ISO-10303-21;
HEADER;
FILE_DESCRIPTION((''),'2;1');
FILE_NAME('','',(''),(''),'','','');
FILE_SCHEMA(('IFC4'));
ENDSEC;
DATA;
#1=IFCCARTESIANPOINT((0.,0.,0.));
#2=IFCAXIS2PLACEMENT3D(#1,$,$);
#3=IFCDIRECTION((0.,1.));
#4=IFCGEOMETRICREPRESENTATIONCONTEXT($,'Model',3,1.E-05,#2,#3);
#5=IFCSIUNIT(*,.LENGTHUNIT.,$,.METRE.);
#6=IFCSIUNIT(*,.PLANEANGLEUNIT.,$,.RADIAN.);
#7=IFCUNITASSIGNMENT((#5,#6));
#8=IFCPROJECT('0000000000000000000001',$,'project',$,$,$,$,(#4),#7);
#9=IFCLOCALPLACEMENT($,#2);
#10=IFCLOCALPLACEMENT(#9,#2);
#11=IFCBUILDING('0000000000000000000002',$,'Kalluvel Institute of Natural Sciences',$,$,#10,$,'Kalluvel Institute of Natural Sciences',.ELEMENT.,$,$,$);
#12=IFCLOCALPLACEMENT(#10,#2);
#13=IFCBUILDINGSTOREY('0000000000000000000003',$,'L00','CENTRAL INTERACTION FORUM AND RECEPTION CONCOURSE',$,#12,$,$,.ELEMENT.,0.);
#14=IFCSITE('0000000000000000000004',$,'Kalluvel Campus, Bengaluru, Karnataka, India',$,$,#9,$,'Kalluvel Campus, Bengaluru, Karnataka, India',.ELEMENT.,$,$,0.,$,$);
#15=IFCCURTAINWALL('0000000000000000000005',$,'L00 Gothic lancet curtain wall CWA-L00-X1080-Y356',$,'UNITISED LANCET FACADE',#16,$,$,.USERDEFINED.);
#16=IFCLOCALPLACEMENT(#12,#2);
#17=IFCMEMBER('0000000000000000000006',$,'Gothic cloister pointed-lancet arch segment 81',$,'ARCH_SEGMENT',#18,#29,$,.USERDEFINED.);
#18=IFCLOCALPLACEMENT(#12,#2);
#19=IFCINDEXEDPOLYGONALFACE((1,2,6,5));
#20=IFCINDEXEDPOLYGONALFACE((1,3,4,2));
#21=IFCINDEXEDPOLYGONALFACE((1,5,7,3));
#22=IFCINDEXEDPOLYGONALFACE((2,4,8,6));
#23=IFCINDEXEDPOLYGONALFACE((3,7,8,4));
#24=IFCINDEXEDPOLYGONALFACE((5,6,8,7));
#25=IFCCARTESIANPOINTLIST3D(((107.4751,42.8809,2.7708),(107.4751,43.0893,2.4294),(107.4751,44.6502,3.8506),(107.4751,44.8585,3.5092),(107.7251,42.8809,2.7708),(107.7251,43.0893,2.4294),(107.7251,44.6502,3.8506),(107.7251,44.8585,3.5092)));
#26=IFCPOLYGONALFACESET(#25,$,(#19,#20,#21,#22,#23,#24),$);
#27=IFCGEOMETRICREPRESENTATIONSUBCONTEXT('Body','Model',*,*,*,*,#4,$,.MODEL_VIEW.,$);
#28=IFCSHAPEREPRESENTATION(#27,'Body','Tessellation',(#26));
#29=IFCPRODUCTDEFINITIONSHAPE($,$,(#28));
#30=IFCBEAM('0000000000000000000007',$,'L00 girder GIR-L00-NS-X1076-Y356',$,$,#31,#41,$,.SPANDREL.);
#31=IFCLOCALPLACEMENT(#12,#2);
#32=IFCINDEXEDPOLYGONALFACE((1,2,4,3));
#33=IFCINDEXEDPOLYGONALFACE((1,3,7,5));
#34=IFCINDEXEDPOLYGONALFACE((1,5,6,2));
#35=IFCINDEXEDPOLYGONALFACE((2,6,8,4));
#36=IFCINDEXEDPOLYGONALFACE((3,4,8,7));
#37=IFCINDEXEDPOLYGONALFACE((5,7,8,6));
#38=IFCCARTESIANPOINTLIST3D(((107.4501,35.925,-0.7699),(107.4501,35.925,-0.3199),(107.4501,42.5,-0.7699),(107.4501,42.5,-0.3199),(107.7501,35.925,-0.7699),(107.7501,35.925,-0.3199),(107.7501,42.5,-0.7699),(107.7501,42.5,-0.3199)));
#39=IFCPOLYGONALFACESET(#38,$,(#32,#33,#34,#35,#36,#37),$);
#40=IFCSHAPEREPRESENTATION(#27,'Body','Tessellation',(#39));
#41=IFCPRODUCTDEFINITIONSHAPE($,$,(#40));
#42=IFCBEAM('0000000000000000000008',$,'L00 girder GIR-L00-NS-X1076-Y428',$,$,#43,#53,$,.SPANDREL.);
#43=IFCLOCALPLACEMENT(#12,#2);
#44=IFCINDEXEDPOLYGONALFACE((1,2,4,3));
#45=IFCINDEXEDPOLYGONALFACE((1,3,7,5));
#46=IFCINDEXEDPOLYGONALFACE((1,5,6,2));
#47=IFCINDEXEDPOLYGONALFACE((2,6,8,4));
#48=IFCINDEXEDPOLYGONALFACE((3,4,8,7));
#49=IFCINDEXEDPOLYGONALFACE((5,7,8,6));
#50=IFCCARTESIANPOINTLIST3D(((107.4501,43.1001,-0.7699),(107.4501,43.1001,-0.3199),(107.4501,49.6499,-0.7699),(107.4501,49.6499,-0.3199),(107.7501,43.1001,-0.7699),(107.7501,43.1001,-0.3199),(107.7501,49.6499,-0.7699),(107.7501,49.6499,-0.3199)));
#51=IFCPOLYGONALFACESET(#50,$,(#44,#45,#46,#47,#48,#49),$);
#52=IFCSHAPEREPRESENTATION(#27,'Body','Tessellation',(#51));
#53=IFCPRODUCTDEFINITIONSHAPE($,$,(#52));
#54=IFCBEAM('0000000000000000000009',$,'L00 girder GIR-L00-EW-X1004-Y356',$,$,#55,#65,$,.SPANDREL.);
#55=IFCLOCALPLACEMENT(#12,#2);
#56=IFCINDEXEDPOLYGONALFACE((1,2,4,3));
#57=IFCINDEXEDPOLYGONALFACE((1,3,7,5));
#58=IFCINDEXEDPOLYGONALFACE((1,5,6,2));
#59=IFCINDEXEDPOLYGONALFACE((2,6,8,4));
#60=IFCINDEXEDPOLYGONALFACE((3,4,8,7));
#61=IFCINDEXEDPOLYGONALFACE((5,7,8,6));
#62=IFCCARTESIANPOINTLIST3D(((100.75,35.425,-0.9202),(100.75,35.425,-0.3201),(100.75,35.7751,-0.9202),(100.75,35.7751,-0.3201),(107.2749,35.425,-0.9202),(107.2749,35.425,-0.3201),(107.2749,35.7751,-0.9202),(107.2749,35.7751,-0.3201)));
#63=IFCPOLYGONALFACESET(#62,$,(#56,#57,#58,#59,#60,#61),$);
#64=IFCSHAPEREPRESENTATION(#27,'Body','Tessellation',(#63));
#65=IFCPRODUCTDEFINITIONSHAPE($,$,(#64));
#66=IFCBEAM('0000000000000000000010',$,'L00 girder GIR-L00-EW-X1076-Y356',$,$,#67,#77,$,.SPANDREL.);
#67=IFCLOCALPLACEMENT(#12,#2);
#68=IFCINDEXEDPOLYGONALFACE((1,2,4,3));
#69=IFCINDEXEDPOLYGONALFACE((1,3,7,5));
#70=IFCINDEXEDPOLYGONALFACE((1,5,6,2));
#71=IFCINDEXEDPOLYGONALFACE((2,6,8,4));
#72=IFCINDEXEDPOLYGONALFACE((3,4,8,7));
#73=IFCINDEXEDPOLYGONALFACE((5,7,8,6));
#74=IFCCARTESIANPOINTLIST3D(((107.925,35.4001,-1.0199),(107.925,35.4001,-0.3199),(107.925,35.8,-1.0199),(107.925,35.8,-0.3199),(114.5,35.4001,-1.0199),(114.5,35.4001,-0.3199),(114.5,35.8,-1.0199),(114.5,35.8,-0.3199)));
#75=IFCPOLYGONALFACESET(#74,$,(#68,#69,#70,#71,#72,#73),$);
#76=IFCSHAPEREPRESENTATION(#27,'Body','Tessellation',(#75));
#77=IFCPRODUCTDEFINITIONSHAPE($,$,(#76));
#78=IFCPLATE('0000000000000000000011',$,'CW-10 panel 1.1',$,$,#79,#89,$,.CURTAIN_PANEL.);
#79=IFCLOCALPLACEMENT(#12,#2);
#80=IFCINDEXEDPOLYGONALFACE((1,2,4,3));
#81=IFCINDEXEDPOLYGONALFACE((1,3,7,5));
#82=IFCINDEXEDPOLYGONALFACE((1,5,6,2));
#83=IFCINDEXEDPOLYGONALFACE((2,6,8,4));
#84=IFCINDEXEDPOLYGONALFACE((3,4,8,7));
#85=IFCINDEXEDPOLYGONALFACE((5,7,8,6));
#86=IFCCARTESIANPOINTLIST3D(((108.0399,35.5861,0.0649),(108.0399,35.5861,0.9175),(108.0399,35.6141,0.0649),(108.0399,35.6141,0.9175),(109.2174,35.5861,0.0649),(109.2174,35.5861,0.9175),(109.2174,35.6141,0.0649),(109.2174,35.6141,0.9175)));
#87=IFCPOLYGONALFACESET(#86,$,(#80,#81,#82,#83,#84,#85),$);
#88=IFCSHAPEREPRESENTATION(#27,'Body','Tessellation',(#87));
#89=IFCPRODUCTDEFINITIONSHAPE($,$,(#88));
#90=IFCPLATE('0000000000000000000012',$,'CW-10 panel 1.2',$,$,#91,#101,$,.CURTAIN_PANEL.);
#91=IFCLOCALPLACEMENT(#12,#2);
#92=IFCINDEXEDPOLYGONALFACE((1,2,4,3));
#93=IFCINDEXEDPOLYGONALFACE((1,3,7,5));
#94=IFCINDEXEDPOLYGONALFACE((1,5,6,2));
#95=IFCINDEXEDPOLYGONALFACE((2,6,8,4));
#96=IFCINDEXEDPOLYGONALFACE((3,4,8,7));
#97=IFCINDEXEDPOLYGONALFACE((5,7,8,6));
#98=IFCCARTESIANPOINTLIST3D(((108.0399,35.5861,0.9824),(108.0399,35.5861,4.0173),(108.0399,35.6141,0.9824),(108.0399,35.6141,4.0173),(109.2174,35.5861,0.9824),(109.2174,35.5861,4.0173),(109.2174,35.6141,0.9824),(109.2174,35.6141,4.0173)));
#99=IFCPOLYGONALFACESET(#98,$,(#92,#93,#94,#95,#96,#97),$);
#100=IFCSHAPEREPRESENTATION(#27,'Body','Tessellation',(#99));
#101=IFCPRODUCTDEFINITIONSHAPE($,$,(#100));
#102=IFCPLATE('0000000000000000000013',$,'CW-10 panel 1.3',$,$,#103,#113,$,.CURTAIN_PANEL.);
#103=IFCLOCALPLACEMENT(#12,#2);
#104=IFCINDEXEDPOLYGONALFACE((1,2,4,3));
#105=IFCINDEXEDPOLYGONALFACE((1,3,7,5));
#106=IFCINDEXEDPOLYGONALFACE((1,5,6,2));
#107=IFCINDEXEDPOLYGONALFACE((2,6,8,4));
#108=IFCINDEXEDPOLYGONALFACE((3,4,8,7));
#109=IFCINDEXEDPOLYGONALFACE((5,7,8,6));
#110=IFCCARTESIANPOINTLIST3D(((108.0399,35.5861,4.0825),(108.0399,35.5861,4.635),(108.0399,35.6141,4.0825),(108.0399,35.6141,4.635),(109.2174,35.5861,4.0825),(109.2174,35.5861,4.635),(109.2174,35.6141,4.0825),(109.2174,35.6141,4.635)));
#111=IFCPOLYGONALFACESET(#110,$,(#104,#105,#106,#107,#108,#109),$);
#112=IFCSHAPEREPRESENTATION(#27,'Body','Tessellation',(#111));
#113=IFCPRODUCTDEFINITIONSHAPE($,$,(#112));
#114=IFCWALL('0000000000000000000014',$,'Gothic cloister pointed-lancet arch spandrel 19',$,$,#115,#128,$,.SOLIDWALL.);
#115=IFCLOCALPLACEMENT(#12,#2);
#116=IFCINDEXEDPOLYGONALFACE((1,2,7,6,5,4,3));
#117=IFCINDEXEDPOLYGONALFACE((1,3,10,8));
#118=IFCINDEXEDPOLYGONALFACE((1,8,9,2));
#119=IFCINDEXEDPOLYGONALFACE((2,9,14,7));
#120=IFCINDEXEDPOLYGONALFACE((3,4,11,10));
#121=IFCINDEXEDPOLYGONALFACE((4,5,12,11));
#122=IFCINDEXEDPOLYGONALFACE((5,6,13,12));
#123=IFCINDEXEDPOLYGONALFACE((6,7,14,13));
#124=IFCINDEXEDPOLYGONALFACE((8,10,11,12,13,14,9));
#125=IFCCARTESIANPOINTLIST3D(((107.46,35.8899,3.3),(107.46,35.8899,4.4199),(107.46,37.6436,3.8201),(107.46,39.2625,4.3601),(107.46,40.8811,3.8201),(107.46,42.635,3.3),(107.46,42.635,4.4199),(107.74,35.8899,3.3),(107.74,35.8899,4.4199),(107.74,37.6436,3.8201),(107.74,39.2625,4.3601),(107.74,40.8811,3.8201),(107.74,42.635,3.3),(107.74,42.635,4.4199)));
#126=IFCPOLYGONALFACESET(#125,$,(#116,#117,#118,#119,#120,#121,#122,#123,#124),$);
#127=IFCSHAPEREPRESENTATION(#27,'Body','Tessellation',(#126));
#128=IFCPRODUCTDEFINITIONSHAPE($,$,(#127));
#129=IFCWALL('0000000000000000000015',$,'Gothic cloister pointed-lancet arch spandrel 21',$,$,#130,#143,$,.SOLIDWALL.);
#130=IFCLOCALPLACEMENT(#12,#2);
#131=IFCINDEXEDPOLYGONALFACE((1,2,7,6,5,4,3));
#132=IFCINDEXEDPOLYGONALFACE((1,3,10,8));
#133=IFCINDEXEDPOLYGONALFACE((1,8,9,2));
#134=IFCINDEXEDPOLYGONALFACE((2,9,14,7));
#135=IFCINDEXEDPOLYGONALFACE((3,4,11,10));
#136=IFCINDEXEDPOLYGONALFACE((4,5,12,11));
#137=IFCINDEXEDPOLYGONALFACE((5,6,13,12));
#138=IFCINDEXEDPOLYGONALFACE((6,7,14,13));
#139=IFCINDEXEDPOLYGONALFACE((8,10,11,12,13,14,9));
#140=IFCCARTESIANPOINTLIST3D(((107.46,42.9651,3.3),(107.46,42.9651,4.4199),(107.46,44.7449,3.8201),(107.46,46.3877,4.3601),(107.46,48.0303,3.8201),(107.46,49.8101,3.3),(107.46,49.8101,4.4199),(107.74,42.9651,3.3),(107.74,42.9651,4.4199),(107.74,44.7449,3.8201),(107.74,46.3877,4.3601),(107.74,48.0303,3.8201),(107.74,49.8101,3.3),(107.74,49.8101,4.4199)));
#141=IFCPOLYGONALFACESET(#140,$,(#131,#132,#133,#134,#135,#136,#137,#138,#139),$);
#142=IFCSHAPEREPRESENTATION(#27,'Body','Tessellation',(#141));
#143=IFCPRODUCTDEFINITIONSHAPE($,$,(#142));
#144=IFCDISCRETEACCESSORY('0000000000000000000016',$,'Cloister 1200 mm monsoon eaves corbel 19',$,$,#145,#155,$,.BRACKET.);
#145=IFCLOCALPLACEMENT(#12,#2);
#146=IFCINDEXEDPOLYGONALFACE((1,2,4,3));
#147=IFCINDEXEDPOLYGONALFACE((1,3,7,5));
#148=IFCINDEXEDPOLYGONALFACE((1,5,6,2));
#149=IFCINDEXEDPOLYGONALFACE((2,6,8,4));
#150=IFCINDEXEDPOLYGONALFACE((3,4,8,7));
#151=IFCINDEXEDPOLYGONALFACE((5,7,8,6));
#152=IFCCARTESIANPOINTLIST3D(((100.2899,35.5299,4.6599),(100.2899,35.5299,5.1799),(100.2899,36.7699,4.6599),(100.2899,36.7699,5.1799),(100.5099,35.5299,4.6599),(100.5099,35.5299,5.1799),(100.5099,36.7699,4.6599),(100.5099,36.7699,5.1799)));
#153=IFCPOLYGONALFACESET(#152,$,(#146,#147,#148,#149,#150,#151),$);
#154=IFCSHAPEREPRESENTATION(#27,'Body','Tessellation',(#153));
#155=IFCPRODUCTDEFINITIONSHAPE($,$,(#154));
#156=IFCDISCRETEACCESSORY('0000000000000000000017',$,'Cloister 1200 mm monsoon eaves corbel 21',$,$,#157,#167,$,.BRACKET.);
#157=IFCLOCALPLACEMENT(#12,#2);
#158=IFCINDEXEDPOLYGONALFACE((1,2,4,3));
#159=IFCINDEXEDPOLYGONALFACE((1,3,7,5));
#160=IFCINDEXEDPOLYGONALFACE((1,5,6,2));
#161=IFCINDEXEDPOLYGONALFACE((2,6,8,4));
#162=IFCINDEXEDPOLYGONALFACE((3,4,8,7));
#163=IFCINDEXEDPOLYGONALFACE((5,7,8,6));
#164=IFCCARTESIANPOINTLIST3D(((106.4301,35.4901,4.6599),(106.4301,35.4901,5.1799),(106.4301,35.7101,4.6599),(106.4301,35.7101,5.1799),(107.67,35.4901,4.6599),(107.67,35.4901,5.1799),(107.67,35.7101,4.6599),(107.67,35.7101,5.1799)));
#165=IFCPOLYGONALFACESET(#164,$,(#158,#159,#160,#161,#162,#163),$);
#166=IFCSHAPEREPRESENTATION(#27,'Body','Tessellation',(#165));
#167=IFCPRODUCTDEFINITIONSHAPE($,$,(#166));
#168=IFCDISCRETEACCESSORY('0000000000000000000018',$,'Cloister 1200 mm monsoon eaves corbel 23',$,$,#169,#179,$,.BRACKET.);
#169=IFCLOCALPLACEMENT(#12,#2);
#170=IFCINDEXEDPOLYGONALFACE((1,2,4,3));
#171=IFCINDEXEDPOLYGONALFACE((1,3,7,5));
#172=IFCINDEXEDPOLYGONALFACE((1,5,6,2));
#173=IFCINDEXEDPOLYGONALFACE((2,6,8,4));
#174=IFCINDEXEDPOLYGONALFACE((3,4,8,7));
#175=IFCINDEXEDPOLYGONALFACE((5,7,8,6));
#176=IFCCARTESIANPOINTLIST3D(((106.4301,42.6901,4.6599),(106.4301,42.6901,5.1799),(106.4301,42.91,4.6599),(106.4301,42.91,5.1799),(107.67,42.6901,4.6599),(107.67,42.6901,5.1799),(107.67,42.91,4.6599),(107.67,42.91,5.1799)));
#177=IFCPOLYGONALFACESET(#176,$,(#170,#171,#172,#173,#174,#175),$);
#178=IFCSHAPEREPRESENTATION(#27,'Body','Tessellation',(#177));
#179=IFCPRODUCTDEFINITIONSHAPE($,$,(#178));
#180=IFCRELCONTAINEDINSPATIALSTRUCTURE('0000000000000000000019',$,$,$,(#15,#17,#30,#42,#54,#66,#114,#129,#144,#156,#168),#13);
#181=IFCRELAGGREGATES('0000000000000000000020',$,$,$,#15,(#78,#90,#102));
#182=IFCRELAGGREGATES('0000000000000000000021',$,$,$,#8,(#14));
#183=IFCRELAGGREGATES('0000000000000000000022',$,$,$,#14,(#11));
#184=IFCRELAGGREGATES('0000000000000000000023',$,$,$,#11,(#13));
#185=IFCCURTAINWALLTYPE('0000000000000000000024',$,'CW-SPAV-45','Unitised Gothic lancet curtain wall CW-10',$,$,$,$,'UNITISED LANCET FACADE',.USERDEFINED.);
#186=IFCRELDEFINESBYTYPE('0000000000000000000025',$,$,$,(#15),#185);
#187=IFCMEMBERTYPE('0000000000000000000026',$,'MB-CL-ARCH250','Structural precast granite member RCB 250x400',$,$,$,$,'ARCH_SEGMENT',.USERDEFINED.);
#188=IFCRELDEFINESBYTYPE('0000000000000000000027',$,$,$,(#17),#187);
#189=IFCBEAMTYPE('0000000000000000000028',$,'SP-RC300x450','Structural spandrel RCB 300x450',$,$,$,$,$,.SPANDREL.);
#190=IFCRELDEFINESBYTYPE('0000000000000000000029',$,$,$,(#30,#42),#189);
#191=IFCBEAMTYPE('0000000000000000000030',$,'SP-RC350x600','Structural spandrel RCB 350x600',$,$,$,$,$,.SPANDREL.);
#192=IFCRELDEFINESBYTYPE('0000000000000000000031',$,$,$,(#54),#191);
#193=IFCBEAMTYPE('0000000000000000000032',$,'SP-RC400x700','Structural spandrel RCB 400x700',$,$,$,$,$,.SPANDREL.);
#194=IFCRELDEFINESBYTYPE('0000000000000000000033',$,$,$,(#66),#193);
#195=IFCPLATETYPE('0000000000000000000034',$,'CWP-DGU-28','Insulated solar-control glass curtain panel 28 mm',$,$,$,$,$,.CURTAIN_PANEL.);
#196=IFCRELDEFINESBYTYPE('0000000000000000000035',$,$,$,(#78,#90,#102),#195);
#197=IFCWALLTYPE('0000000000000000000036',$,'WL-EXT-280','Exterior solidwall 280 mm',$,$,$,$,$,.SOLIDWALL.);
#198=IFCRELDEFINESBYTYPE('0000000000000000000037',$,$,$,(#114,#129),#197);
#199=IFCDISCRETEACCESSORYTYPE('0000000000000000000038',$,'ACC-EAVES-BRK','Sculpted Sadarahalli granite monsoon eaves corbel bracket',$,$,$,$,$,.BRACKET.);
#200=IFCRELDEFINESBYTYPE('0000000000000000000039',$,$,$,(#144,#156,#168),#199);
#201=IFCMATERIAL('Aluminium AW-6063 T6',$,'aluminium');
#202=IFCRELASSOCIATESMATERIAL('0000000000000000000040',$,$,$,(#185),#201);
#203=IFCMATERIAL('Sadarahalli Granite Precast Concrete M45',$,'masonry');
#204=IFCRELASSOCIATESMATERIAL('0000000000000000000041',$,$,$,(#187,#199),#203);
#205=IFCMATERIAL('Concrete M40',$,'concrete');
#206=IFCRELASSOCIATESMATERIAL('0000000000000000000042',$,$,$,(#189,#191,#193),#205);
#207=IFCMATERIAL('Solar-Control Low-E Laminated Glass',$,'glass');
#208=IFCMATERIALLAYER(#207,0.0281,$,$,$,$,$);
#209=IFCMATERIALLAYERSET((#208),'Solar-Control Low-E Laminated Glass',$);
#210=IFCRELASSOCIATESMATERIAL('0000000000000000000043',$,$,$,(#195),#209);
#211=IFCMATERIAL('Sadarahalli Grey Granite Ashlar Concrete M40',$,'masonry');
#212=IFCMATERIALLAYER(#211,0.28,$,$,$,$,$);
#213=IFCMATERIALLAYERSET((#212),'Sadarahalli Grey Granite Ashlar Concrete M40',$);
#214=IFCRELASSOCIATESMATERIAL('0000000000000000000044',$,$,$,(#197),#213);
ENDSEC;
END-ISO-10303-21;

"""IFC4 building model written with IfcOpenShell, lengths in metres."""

from ifc_helpers import new_model, si_unit, direction, frame, origin, origin_2d, place, context, subcontext, project, spatial, polyline, rectangle, outline, extrude, material, layer, layer_set, material_profile, profile_set, type_object, element, aggregate, save


model = new_model("IFC4")

# Units and contexts
model_context = context("Model", 3, precision=1e-05, world=origin(), true_north=direction((0.0, 1.0)))
body_context = subcontext(model_context, "Body", "Model", "MODEL_VIEW")
ifc_project = project(units=[si_unit("LENGTHUNIT", "METRE"), si_unit("PLANEANGLEUNIT", "RADIAN")], contexts=[model_context])

# Site, building, storey
site_placement = place(None, origin())
site = spatial("IfcSite", under=ifc_project, at=site_placement, Name="Kalluvel Campus, Bengaluru, Karnataka, India", LongName="Kalluvel Campus, Bengaluru, Karnataka, India", CompositionType="ELEMENT", RefElevation=0.0)
building_placement = place(site_placement, origin())
building = spatial("IfcBuilding", under=site, at=building_placement, Name="Kalluvel Institute of Natural Sciences", LongName="Kalluvel Institute of Natural Sciences", CompositionType="ELEMENT")
storey_placement = place(building_placement, origin())
storey = spatial("IfcBuildingStorey", under=building, at=storey_placement, Name="L00", Description="CENTRAL INTERACTION FORUM AND RECEPTION CONCOURSE", CompositionType="ELEMENT", Elevation=0.0)

# Shared definitions
ifc_material_1 = material(Name="Concrete M40", Category="concrete")

# Curtain wall
ifc_material_2 = material(Name="Aluminium AW-6063 T6", Category="aluminium")
curtain_wall_type = type_object("IfcCurtainWallType", Name="CW-SPAV-45", Description="Unitised Gothic lancet curtain wall CW-10", ElementType="UNITISED LANCET FACADE", PredefinedType="USERDEFINED", material=ifc_material_2)
curtain_wall_placement = place(storey_placement, origin())
curtain_wall = element("IfcCurtainWall", 1, at=curtain_wall_placement, inside=storey, type_object=curtain_wall_type, Name="L00 Gothic lancet curtain wall CWA-L00-X1080-Y356", ObjectType="UNITISED LANCET FACADE", PredefinedType="USERDEFINED")

# Member
ifc_material_3 = material(Name="Sadarahalli Granite Precast Concrete M45", Category="masonry")
ifc_material_profile_1 = material_profile(ifc_material_3, rectangle(XDim=0.25, YDim=0.3999, at=origin_2d()), Name="RCB 250x400")
ifc_profile_set_1 = profile_set([ifc_material_profile_1], Name="Sadarahalli Granite Precast Concrete M45")
member_type_1 = type_object("IfcMemberType", Name="MB-CL-ARCH250", Description="Structural precast granite member RCB 250x400", ElementType="ARCH_SEGMENT", PredefinedType="USERDEFINED", material=ifc_profile_set_1)
member_1_placement = place(storey_placement, frame((107.6001, 42.9851, 2.6001), z_axis=(0.0, 0.853582, 0.520959), x_axis=(-1.0, 0.0, 0.0)))
element("IfcMember", 2, at=member_1_placement, inside=storey, type_object=member_type_1, Name="Gothic cloister pointed-lancet arch segment 81", ObjectType="ARCH_SEGMENT", PredefinedType="USERDEFINED", context=body_context, shape_type="SweptSolid", body=[
    extrude(rectangle(XDim=0.25, YDim=0.3999, at=origin_2d()), origin(), (0.0, 0.0, 1.0), 2.0728),
])

# Beams
ifc_material_profile_2 = material_profile(ifc_material_1, rectangle(XDim=0.3, YDim=0.45, at=origin_2d()), Name="RCB 300x450")
ifc_profile_set_2 = profile_set([ifc_material_profile_2], Name="Concrete M40")
beam_type_1 = type_object("IfcBeamType", Name="SP-RC300x450", Description="Structural spandrel RCB 300x450", PredefinedType="SPANDREL", material=ifc_profile_set_2)
beam_1_placement = place(storey_placement, frame((107.6001, 35.925, -0.5449), z_axis=(0.0, 1.0, 0.0), x_axis=(-1.0, 0.0, 0.0)))
element("IfcBeam", 3, at=beam_1_placement, inside=storey, type_object=beam_type_1, Name="L00 girder GIR-L00-NS-X1076-Y356", PredefinedType="SPANDREL", context=body_context, shape_type="SweptSolid", body=[
    extrude(rectangle(XDim=0.3, YDim=0.45, at=origin_2d()), origin(), (0.0, 0.0, 1.0), 6.575),
])
beam_2_placement = place(storey_placement, frame((107.6001, 43.1001, -0.5449), z_axis=(0.0, 1.0, 0.0), x_axis=(-1.0, 0.0, 0.0)))
element("IfcBeam", 4, at=beam_2_placement, inside=storey, type_object=beam_type_1, Name="L00 girder GIR-L00-NS-X1076-Y428", PredefinedType="SPANDREL", context=body_context, shape_type="SweptSolid", body=[
    extrude(rectangle(XDim=0.3, YDim=0.45, at=origin_2d()), origin(), (0.0, 0.0, 1.0), 6.5498),
])
ifc_material_profile_3 = material_profile(ifc_material_1, rectangle(XDim=0.3501, YDim=0.6001, at=origin_2d()), Name="RCB 350x600")
ifc_profile_set_3 = profile_set([ifc_material_profile_3], Name="Concrete M40")
beam_type_2 = type_object("IfcBeamType", Name="SP-RC350x600", Description="Structural spandrel RCB 350x600", PredefinedType="SPANDREL", material=ifc_profile_set_3)
beam_3_placement = place(storey_placement, frame((100.75, 35.6001, -0.6201), z_axis=(1.0, 0.0, 0.0), x_axis=(0.0, 1.0, 0.0)))
element("IfcBeam", 5, at=beam_3_placement, inside=storey, type_object=beam_type_2, Name="L00 girder GIR-L00-EW-X1004-Y356", PredefinedType="SPANDREL", context=body_context, shape_type="SweptSolid", body=[
    extrude(rectangle(XDim=0.3501, YDim=0.6001, at=origin_2d()), origin(), (0.0, 0.0, 1.0), 6.5249),
])
ifc_material_profile_4 = material_profile(ifc_material_1, rectangle(XDim=0.3999, YDim=0.7, at=origin_2d()), Name="RCB 400x700")
ifc_profile_set_4 = profile_set([ifc_material_profile_4], Name="Concrete M40")
beam_type_3 = type_object("IfcBeamType", Name="SP-RC400x700", Description="Structural spandrel RCB 400x700", PredefinedType="SPANDREL", material=ifc_profile_set_4)
beam_4_placement = place(storey_placement, frame((107.925, 35.6001, -0.6699), z_axis=(1.0, 0.0, 0.0), x_axis=(0.0, 1.0, 0.0)))
element("IfcBeam", 6, at=beam_4_placement, inside=storey, type_object=beam_type_3, Name="L00 girder GIR-L00-EW-X1076-Y356", PredefinedType="SPANDREL", context=body_context, shape_type="SweptSolid", body=[
    extrude(rectangle(XDim=0.3999, YDim=0.7, at=origin_2d()), origin(), (0.0, 0.0, 1.0), 6.575),
])

# Plates
ifc_material_4 = material(Name="Solar-Control Low-E Laminated Glass", Category="glass")
ifc_layer_1 = layer(ifc_material_4, 0.0281)
ifc_layer_set_1 = layer_set([ifc_layer_1], Name="Solar-Control Low-E Laminated Glass")
plate_type = type_object("IfcPlateType", Name="CWP-DGU-28", Description="Insulated solar-control glass curtain panel 28 mm", PredefinedType="CURTAIN_PANEL", material=ifc_layer_set_1)
plate_1_placement = place(storey_placement, frame((108.6287, 35.6001, 0.0649), z_axis=(0.0, 0.0, 1.0), x_axis=(1.0, 0.0, 0.0)))
plate_1 = element("IfcPlate", 7, at=plate_1_placement, type_object=plate_type, Name="CW-10 panel 1.1", PredefinedType="CURTAIN_PANEL", context=body_context, shape_type="SweptSolid", body=[
    extrude(rectangle(XDim=1.1775, YDim=0.0281, at=origin_2d()), origin(), (0.0, 0.0, 1.0), 0.8525),
])
plate_2_placement = place(storey_placement, frame((108.6287, 35.6001, 0.9824), z_axis=(0.0, 0.0, 1.0), x_axis=(1.0, 0.0, 0.0)))
plate_2 = element("IfcPlate", 8, at=plate_2_placement, type_object=plate_type, Name="CW-10 panel 1.2", PredefinedType="CURTAIN_PANEL", context=body_context, shape_type="SweptSolid", body=[
    extrude(rectangle(XDim=1.1775, YDim=0.0281, at=origin_2d()), origin(), (0.0, 0.0, 1.0), 3.0349),
])
plate_3_placement = place(storey_placement, frame((108.6287, 35.6001, 4.0825), z_axis=(0.0, 0.0, 1.0), x_axis=(1.0, 0.0, 0.0)))
plate_3 = element("IfcPlate", 9, at=plate_3_placement, type_object=plate_type, Name="CW-10 panel 1.3", PredefinedType="CURTAIN_PANEL", context=body_context, shape_type="SweptSolid", body=[
    extrude(rectangle(XDim=1.1775, YDim=0.0281, at=origin_2d()), origin(), (0.0, 0.0, 1.0), 0.5525),
])
aggregate(curtain_wall, [plate_1, plate_2, plate_3])

# Walls
ifc_material_5 = material(Name="Sadarahalli Grey Granite Ashlar Concrete M40", Category="masonry")
ifc_layer_2 = layer(ifc_material_5, 0.28)
ifc_layer_set_2 = layer_set([ifc_layer_2], Name="Sadarahalli Grey Granite Ashlar Concrete M40")
wall_type = type_object("IfcWallType", Name="WL-EXT-280", Description="Exterior solidwall 280 mm", PredefinedType="SOLIDWALL", material=ifc_layer_set_2)
wall_1_placement = place(storey_placement, frame((107.6001, 35.8899, 3.3), z_axis=(0.0, 0.0, 1.0), x_axis=(0.0, 1.0, 0.0)))
element("IfcWall", 10, at=wall_1_placement, inside=storey, type_object=wall_type, Name="Gothic cloister pointed-lancet arch spandrel 19", PredefinedType="SOLIDWALL", context=body_context, shape_type="SweptSolid", body=[
    extrude(outline(polyline([(0.0, 0.0), (1.7537, 0.52), (3.3726, 1.0601), (4.9912, 0.52), (6.7451, 0.0), (6.7451, 1.1199), (0.0, 1.1199), (0.0, 0.0)])), frame((0.0, 0.1401, 0.0), z_axis=(0.0, -1.0, 0.0), x_axis=(1.0, 0.0, 0.0)), (0.0, 0.0, 1.0), 0.28),
])
wall_2_placement = place(storey_placement, frame((107.6001, 42.9651, 3.3), z_axis=(0.0, 0.0, 1.0), x_axis=(0.0, 1.0, 0.0)))
element("IfcWall", 11, at=wall_2_placement, inside=storey, type_object=wall_type, Name="Gothic cloister pointed-lancet arch spandrel 21", PredefinedType="SOLIDWALL", context=body_context, shape_type="SweptSolid", body=[
    extrude(outline(polyline([(0.0, 0.0), (1.7798, 0.52), (3.4226, 1.0601), (5.0652, 0.52), (6.845, 0.0), (6.845, 1.1199), (0.0, 1.1199), (0.0, 0.0)])), frame((0.0, 0.1401, 0.0), z_axis=(0.0, -1.0, 0.0), x_axis=(1.0, 0.0, 0.0)), (0.0, 0.0, 1.0), 0.28),
])

# Discrete accessories
discrete_accessory_type = type_object("IfcDiscreteAccessoryType", Name="ACC-EAVES-BRK", Description="Sculpted Sadarahalli granite monsoon eaves corbel bracket", PredefinedType="BRACKET", material=ifc_material_3)
discrete_accessory_placement = place(storey_placement, frame((100.3999, 36.1499, 4.6599), z_axis=(0.0, 0.0, 1.0), x_axis=(1.0, 0.0, 0.0)))
element("IfcDiscreteAccessory", 12, at=discrete_accessory_placement, inside=storey, type_object=discrete_accessory_type, Name="Cloister 1200 mm monsoon eaves corbel 19", PredefinedType="BRACKET", context=body_context, shape_type="SweptSolid", body=[
    extrude(rectangle(XDim=0.22, YDim=1.24, at=origin_2d()), origin(), (0.0, 0.0, 1.0), 0.52),
])
for number, where, z_axis, x_axis, name in (
    (13, (107.05, 35.6001, 4.6599), (0.0, 0.0, 1.0), (1.0, 0.0, 0.0), "Cloister 1200 mm monsoon eaves corbel 21"),
    (14, (107.05, 42.8, 4.6599), (0.0, 0.0, 1.0), (1.0, 0.0, 0.0), "Cloister 1200 mm monsoon eaves corbel 23"),
):
    element("IfcDiscreteAccessory", number, at=place(storey_placement, frame(where, z_axis=z_axis, x_axis=x_axis)), inside=storey, type_object=discrete_accessory_type, Name=name, PredefinedType="BRACKET", context=body_context, shape_type="SweptSolid", body=[
        extrude(rectangle(XDim=1.24, YDim=0.22, at=origin_2d()), origin(), (0.0, 0.0, 1.0), 0.52),
    ])

save(model, "model.ifc")
